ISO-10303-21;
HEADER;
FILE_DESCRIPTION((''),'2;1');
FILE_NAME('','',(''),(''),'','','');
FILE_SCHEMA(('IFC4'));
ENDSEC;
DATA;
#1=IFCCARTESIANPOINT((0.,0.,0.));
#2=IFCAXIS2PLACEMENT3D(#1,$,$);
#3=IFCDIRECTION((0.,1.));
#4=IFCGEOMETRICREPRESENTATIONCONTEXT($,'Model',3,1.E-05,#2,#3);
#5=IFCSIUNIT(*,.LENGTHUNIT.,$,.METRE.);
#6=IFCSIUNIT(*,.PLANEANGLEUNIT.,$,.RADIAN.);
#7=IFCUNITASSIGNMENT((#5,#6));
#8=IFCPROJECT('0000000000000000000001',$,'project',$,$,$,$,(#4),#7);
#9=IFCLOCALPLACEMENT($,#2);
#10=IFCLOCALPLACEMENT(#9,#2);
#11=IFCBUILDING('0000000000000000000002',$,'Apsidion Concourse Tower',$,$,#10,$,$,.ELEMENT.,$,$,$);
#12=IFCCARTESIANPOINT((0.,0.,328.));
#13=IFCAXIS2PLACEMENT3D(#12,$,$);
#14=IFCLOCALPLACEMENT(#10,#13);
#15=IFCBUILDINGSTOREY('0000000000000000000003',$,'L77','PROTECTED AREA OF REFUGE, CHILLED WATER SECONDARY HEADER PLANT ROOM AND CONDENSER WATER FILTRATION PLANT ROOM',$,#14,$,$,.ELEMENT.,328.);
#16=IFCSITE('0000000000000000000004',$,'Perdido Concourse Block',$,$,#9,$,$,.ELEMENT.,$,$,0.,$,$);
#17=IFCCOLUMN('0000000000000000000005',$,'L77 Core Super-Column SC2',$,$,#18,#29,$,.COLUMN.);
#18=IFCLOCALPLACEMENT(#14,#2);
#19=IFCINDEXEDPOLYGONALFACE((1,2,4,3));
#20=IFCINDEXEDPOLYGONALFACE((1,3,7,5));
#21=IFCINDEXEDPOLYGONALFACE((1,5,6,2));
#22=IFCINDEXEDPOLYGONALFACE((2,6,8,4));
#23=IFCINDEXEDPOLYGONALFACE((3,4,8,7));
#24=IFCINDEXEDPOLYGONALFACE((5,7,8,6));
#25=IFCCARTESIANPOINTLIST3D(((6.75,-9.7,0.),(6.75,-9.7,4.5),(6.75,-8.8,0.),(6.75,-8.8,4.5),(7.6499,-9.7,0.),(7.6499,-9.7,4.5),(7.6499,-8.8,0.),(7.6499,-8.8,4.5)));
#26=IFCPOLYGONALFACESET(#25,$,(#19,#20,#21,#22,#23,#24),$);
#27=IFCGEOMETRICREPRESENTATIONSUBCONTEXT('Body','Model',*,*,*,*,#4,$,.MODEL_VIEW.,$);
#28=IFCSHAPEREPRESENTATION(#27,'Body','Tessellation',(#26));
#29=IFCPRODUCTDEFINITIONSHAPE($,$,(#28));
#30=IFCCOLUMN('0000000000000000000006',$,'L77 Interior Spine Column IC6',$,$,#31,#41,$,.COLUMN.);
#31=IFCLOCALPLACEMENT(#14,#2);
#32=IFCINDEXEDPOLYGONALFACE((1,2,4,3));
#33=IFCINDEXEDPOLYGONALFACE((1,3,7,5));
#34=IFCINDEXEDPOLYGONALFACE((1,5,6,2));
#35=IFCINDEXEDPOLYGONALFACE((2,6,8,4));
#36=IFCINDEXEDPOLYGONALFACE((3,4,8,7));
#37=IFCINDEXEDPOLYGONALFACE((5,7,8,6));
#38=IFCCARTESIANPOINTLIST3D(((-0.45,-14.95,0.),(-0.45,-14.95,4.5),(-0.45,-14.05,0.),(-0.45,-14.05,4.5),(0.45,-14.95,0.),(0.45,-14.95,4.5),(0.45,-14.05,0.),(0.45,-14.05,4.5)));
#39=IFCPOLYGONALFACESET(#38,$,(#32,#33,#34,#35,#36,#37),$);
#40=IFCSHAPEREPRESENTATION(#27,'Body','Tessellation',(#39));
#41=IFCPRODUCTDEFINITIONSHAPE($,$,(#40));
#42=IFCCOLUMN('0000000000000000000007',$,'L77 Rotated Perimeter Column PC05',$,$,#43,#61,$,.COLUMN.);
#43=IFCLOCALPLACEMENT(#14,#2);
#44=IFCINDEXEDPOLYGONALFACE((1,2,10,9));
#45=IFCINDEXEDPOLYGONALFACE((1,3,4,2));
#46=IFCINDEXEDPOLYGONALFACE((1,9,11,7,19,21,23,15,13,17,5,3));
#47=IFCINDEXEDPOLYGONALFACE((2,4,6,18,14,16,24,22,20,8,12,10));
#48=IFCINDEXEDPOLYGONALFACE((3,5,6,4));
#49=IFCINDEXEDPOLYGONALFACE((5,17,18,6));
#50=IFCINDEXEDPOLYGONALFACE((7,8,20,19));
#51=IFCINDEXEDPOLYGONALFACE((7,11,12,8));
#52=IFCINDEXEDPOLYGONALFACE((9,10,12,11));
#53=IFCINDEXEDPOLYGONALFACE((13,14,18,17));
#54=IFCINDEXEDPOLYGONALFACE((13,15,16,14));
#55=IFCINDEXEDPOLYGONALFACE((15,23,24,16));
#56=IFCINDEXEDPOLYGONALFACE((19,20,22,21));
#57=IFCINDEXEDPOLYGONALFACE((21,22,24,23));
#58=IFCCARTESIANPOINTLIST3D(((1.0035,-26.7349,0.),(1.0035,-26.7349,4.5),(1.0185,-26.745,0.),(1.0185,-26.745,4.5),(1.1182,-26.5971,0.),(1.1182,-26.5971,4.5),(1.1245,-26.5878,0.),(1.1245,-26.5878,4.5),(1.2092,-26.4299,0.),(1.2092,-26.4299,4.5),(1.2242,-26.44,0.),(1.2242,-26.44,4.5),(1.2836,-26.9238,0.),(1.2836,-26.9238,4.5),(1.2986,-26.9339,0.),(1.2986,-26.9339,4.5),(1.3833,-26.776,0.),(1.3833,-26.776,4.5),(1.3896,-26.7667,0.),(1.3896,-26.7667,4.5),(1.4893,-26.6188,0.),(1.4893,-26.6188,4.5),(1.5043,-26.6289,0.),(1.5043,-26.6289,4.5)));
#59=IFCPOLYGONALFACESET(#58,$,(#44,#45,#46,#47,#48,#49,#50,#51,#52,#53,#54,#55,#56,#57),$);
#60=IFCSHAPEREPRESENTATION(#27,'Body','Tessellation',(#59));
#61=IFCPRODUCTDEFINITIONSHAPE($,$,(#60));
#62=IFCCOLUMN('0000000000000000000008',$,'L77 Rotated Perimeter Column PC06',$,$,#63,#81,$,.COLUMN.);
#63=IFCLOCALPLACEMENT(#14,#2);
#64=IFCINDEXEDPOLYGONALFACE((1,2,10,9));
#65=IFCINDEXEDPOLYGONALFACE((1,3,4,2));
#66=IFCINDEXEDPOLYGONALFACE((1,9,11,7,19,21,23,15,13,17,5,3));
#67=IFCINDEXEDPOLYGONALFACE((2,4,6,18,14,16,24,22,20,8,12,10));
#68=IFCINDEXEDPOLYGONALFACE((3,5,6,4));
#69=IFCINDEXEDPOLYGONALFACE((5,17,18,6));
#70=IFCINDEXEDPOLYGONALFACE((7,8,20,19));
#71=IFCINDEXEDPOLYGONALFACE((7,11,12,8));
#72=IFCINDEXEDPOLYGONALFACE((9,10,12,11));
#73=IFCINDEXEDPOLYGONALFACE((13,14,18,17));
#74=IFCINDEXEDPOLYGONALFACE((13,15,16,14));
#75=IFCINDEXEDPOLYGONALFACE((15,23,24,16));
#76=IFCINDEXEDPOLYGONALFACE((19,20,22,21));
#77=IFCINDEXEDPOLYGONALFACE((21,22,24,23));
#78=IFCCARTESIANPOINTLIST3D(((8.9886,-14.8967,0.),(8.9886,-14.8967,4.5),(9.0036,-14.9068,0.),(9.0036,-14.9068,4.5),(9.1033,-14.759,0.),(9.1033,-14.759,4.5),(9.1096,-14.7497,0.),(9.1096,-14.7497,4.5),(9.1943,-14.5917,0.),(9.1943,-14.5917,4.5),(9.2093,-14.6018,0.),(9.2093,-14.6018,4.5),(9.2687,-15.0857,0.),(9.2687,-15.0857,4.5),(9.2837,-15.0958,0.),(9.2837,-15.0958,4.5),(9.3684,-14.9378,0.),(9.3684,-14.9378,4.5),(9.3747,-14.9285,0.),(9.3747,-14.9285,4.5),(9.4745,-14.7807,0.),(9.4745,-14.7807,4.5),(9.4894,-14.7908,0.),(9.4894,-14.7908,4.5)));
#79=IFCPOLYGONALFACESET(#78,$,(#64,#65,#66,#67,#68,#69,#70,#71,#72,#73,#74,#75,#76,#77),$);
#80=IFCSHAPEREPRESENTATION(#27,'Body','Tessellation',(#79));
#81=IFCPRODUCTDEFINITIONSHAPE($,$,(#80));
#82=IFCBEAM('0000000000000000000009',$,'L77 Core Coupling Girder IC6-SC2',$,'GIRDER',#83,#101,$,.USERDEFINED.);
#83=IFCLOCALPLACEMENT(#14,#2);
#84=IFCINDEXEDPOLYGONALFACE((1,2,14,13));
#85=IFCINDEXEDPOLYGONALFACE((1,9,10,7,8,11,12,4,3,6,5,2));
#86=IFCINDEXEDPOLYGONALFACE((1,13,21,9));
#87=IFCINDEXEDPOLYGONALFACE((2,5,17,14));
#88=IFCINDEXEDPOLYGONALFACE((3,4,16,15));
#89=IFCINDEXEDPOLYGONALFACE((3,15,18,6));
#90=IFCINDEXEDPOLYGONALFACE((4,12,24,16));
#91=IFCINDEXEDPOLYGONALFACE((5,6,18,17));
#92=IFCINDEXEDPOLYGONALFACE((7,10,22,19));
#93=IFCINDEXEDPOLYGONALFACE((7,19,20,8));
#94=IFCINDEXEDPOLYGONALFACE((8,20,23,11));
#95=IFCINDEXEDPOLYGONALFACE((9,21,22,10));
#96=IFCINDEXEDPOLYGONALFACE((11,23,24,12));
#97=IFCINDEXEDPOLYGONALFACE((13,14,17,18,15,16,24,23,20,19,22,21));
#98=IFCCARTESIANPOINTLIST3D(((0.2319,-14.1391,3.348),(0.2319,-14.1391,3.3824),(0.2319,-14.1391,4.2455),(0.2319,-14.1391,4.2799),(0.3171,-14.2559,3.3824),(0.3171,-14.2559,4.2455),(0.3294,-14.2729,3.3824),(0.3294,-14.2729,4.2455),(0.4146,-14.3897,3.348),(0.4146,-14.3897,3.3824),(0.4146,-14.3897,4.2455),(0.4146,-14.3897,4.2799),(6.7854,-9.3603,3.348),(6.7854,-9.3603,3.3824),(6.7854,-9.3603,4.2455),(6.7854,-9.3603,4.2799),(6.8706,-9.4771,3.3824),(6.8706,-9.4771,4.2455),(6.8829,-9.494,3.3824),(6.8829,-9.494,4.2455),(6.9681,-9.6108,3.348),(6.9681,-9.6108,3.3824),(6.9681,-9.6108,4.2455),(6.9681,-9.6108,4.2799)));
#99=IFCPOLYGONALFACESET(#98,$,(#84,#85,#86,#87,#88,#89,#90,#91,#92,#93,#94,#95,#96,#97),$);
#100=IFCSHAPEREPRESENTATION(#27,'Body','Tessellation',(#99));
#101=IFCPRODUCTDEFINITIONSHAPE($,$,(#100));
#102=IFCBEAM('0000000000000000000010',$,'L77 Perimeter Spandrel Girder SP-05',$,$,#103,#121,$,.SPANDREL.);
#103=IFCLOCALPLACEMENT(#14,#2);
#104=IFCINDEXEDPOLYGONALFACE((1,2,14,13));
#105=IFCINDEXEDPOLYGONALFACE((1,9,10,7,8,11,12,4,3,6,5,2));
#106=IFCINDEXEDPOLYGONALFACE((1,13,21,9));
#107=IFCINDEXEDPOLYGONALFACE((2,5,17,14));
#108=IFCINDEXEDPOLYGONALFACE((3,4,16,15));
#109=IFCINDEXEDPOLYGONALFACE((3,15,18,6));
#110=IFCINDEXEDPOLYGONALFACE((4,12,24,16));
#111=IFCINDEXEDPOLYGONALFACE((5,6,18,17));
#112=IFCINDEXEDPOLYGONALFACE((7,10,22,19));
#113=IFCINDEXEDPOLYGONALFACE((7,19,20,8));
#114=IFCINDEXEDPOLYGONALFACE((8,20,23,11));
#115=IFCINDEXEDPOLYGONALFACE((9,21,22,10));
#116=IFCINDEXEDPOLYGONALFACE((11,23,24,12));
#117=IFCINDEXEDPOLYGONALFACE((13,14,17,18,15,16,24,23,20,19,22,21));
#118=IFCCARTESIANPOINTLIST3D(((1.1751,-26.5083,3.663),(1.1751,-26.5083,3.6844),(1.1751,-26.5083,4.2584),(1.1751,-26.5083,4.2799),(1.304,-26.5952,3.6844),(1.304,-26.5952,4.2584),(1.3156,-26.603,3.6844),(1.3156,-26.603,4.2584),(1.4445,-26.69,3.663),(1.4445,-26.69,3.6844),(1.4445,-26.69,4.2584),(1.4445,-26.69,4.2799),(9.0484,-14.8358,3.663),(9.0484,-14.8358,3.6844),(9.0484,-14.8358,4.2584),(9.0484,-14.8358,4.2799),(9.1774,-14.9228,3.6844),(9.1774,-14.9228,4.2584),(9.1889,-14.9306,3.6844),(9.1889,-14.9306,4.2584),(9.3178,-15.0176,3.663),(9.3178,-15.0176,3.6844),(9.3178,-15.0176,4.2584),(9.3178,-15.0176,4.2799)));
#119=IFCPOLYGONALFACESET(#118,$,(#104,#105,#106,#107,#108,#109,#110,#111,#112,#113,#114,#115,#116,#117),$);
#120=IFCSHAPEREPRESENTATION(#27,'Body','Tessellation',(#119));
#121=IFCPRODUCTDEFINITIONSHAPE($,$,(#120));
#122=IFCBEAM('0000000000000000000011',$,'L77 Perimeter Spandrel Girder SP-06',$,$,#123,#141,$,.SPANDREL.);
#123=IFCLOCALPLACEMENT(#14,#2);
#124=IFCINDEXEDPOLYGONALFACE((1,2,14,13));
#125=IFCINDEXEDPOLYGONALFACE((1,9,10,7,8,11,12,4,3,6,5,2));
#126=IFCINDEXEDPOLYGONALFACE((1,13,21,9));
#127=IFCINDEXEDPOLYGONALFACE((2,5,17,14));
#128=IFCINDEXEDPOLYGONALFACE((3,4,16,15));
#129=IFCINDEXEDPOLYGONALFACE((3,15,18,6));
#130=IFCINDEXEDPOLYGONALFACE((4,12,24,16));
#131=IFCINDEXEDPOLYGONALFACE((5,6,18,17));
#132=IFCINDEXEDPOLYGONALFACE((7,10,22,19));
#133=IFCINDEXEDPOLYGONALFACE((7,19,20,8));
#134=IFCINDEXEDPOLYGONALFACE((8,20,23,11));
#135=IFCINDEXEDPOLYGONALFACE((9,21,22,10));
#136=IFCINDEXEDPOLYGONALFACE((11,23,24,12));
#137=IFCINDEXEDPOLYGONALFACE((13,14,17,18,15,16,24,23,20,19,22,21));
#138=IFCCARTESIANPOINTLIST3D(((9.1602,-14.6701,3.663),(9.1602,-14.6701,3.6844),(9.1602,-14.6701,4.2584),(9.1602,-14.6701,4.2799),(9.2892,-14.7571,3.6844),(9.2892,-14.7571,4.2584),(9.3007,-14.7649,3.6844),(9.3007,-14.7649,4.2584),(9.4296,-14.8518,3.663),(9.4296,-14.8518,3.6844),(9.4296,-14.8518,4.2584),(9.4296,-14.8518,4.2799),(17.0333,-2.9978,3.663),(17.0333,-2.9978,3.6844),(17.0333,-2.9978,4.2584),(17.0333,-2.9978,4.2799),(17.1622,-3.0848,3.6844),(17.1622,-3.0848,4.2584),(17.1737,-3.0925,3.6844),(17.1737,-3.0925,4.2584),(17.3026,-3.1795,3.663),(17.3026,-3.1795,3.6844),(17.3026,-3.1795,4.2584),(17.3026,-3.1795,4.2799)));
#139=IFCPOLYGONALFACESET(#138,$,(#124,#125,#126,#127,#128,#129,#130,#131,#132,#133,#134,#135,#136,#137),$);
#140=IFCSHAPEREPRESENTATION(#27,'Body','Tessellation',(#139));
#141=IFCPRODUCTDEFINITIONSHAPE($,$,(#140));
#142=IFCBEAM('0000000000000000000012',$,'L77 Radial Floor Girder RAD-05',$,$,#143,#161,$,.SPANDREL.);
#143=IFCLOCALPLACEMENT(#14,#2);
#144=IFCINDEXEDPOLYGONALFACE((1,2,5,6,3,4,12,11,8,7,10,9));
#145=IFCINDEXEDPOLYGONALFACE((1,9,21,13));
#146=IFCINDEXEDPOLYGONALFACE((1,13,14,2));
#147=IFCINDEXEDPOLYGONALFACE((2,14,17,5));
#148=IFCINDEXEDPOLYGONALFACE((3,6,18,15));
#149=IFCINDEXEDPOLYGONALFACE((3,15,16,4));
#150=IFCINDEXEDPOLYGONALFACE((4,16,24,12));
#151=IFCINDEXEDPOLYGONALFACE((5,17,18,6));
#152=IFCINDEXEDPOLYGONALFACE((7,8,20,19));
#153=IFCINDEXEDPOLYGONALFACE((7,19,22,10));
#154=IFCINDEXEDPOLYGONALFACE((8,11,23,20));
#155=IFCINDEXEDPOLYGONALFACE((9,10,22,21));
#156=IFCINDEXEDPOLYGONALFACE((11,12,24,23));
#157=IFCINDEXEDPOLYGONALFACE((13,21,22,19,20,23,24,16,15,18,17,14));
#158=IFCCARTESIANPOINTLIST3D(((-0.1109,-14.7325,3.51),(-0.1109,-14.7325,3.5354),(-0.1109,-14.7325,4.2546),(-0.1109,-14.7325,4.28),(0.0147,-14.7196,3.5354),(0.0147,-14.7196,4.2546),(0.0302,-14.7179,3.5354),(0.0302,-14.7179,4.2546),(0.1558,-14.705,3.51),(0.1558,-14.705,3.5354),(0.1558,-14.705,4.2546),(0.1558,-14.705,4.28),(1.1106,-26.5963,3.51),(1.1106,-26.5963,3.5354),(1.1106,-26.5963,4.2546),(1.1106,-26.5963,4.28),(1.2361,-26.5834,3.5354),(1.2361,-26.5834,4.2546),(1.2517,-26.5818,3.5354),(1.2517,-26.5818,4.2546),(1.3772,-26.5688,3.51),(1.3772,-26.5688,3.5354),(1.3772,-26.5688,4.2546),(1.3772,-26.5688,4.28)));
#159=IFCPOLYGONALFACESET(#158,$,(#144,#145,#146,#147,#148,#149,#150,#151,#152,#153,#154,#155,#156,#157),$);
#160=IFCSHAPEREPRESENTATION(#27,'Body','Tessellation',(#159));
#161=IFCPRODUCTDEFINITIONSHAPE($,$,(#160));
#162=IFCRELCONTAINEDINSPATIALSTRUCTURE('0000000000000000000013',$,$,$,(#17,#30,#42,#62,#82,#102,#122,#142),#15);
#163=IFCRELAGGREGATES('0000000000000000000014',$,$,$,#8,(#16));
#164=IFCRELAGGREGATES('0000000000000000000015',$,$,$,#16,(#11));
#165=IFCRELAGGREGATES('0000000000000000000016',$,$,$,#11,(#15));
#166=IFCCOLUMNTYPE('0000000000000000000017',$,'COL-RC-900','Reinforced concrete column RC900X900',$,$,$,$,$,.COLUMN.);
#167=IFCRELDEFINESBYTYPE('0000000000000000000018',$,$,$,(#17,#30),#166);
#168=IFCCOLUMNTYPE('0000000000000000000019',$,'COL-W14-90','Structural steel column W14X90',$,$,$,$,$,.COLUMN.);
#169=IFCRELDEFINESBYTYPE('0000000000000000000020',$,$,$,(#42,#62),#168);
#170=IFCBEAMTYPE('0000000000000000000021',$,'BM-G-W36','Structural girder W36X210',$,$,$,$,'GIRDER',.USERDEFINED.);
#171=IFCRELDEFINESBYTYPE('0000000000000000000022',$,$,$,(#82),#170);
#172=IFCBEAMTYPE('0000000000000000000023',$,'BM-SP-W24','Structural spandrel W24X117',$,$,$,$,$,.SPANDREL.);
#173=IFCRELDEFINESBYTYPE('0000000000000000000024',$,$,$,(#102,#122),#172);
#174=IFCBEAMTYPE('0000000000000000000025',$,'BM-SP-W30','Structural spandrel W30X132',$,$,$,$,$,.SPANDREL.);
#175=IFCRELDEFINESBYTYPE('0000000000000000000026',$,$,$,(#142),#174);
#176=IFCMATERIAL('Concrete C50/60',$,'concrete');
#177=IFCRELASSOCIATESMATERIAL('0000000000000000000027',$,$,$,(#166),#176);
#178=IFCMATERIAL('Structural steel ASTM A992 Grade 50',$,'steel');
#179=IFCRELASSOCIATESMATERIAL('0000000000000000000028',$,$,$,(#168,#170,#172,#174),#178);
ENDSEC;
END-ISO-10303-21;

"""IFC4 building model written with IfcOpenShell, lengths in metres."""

from ifc_helpers import new_model, si_unit, direction, frame, origin, origin_2d, place, context, subcontext, project, spatial, rectangle, i_section, extrude, material, material_profile, profile_set, type_object, element, save


model = new_model("IFC4")

# Units and contexts
model_context = context("Model", 3, precision=1e-05, world=origin(), true_north=direction((0.0, 1.0)))
body_context = subcontext(model_context, "Body", "Model", "MODEL_VIEW")
ifc_project = project(units=[si_unit("LENGTHUNIT", "METRE"), si_unit("PLANEANGLEUNIT", "RADIAN")], contexts=[model_context])

# Site, building, storey
site_placement = place(None, origin())
site = spatial("IfcSite", under=ifc_project, at=site_placement, Name="Perdido Concourse Block", CompositionType="ELEMENT", RefElevation=0.0)
building_placement = place(site_placement, origin())
building = spatial("IfcBuilding", under=site, at=building_placement, Name="Apsidion Concourse Tower", CompositionType="ELEMENT")
storey_placement = place(building_placement, frame((0.0, 0.0, 328.0)))
storey = spatial("IfcBuildingStorey", under=building, at=storey_placement, Name="L77", Description="PROTECTED AREA OF REFUGE, CHILLED WATER SECONDARY HEADER PLANT ROOM AND CONDENSER WATER FILTRATION PLANT ROOM", CompositionType="ELEMENT", Elevation=328.0)

# Columns
ifc_material_1 = material(Name="Concrete C50/60", Category="concrete")
ifc_material_profile_1 = material_profile(ifc_material_1, rectangle(XDim=0.8999, YDim=0.8999, at=origin_2d()), Name="RC 900x900")
ifc_profile_set_1 = profile_set([ifc_material_profile_1], Name="Concrete C50/60")
column_type_1 = type_object("IfcColumnType", Name="COL-RC-900", Description="Reinforced concrete column RC900X900", PredefinedType="COLUMN", material=ifc_profile_set_1)
for number, where, z_axis, x_axis, name in (
    (1, (7.2, -9.25, 0.0), (0.0, 0.0, 1.0), (1.0, 0.0, 0.0), "L77 Core Super-Column SC2"),
    (2, (0.0, -14.5, 0.0), (0.0, 0.0, 1.0), (1.0, 0.0, 0.0), "L77 Interior Spine Column IC6"),
):
    element("IfcColumn", number, at=place(storey_placement, frame(where, z_axis=z_axis, x_axis=x_axis)), inside=storey, type_object=column_type_1, Name=name, PredefinedType="COLUMN", context=body_context, shape_type="SweptSolid", body=[
        extrude(rectangle(XDim=0.8999, YDim=0.8999, at=origin_2d()), origin(), (0.0, 0.0, 1.0), 4.5),
    ])
ifc_material_2 = material(Name="Structural steel ASTM A992 Grade 50", Category="steel")
ifc_material_profile_2 = material_profile(ifc_material_2, i_section(OverallWidth=0.3679, OverallDepth=0.356, WebThickness=0.0112, FlangeThickness=0.0181, at=origin_2d()), Name="W14X90")
ifc_profile_set_2 = profile_set([ifc_material_profile_2], Name="Structural steel ASTM A992 Grade 50")
column_type_2 = type_object("IfcColumnType", Name="COL-W14-90", Description="Structural steel column W14X90", PredefinedType="COLUMN", material=ifc_profile_set_2)
for number, where, z_axis, x_axis, name in (
    (3, (1.2539, -26.6819, 0.0), (0.0, 0.0, 1.0), (0.559193, 0.829038, 0.0), "L77 Rotated Perimeter Column PC05"),
    (4, (9.239, -14.8438, 0.0), (0.0, 0.0, 1.0), (0.559193, 0.829038, 0.0), "L77 Rotated Perimeter Column PC06"),
):
    element("IfcColumn", number, at=place(storey_placement, frame(where, z_axis=z_axis, x_axis=x_axis)), inside=storey, type_object=column_type_2, Name=name, PredefinedType="COLUMN", context=body_context, shape_type="SweptSolid", body=[
        extrude(i_section(OverallWidth=0.3679, OverallDepth=0.356, WebThickness=0.0112, FlangeThickness=0.0181, at=origin_2d()), origin(), (0.0, 0.0, 1.0), 4.5),
    ])

# Beams
ifc_material_profile_3 = material_profile(ifc_material_2, i_section(OverallWidth=0.3101, OverallDepth=0.9319, WebThickness=0.021, FlangeThickness=0.0344, at=origin_2d()), Name="W36X210")
ifc_profile_set_3 = profile_set([ifc_material_profile_3], Name="Structural steel ASTM A992 Grade 50")
beam_type_1 = type_object("IfcBeamType", Name="BM-G-W36", Description="Structural girder W36X210", ElementType="GIRDER", PredefinedType="USERDEFINED", material=ifc_profile_set_3)
beam_1_placement = place(storey_placement, frame((0.3232, -14.2644, 3.814), z_axis=(0.807993, 0.589191, 0.0), x_axis=(-0.589191, 0.807993, 0.0)))
element("IfcBeam", 5, at=beam_1_placement, inside=storey, type_object=beam_type_1, Name="L77 Core Coupling Girder IC6-SC2", ObjectType="GIRDER", PredefinedType="USERDEFINED", context=body_context, shape_type="SweptSolid", body=[
    extrude(i_section(OverallWidth=0.3101, OverallDepth=0.9319, WebThickness=0.021, FlangeThickness=0.0344, at=origin_2d()), origin(), (0.0, 0.0, 1.0), 8.1108),
])
ifc_material_profile_4 = material_profile(ifc_material_2, i_section(OverallWidth=0.325, OverallDepth=0.6169, WebThickness=0.0139, FlangeThickness=0.0215, at=origin_2d()), Name="W24X117")
ifc_profile_set_4 = profile_set([ifc_material_profile_4], Name="Structural steel ASTM A992 Grade 50")
beam_type_2 = type_object("IfcBeamType", Name="BM-SP-W24", Description="Structural spandrel W24X117", PredefinedType="SPANDREL", material=ifc_profile_set_4)
beam_2_placement = place(storey_placement, frame((1.3098, -26.5991, 3.9714), z_axis=(0.559202, 0.829032, 0.0), x_axis=(-0.829032, 0.559202, 0.0)))
element("IfcBeam", 6, at=beam_2_placement, inside=storey, type_object=beam_type_2, Name="L77 Perimeter Spandrel Girder SP-05", PredefinedType="SPANDREL", context=body_context, shape_type="SweptSolid", body=[
    extrude(i_section(OverallWidth=0.325, OverallDepth=0.6169, WebThickness=0.0139, FlangeThickness=0.0215, at=origin_2d()), origin(), (0.0, 0.0, 1.0), 14.0796),
])
beam_3_placement = place(storey_placement, frame((9.2949, -14.761, 3.9714), z_axis=(0.55919, 0.82904, 0.0), x_axis=(-0.82904, 0.55919, 0.0)))
element("IfcBeam", 7, at=beam_3_placement, inside=storey, type_object=beam_type_2, Name="L77 Perimeter Spandrel Girder SP-06", PredefinedType="SPANDREL", context=body_context, shape_type="SweptSolid", body=[
    extrude(i_section(OverallWidth=0.325, OverallDepth=0.6169, WebThickness=0.0139, FlangeThickness=0.0215, at=origin_2d()), origin(), (0.0, 0.0, 1.0), 14.0793),
])
ifc_material_profile_5 = material_profile(ifc_material_2, i_section(OverallWidth=0.2681, OverallDepth=0.77, WebThickness=0.0156, FlangeThickness=0.0254, at=origin_2d()), Name="W30X132")
ifc_profile_set_5 = profile_set([ifc_material_profile_5], Name="Structural steel ASTM A992 Grade 50")
beam_type_3 = type_object("IfcBeamType", Name="BM-SP-W30", Description="Structural spandrel W30X132", PredefinedType="SPANDREL", material=ifc_profile_set_5)
beam_4_placement = place(storey_placement, frame((0.0225, -14.7188, 3.895), z_axis=(0.102414, -0.994742, 0.0), x_axis=(0.994742, 0.102414, 0.0)))
element("IfcBeam", 8, at=beam_4_placement, inside=storey, type_object=beam_type_3, Name="L77 Radial Floor Girder RAD-05", PredefinedType="SPANDREL", context=body_context, shape_type="SweptSolid", body=[
    extrude(i_section(OverallWidth=0.2681, OverallDepth=0.77, WebThickness=0.0156, FlangeThickness=0.0254, at=origin_2d()), origin(), (0.0, 0.0, 1.0), 11.9265),
])

save(model, "model.ifc")
